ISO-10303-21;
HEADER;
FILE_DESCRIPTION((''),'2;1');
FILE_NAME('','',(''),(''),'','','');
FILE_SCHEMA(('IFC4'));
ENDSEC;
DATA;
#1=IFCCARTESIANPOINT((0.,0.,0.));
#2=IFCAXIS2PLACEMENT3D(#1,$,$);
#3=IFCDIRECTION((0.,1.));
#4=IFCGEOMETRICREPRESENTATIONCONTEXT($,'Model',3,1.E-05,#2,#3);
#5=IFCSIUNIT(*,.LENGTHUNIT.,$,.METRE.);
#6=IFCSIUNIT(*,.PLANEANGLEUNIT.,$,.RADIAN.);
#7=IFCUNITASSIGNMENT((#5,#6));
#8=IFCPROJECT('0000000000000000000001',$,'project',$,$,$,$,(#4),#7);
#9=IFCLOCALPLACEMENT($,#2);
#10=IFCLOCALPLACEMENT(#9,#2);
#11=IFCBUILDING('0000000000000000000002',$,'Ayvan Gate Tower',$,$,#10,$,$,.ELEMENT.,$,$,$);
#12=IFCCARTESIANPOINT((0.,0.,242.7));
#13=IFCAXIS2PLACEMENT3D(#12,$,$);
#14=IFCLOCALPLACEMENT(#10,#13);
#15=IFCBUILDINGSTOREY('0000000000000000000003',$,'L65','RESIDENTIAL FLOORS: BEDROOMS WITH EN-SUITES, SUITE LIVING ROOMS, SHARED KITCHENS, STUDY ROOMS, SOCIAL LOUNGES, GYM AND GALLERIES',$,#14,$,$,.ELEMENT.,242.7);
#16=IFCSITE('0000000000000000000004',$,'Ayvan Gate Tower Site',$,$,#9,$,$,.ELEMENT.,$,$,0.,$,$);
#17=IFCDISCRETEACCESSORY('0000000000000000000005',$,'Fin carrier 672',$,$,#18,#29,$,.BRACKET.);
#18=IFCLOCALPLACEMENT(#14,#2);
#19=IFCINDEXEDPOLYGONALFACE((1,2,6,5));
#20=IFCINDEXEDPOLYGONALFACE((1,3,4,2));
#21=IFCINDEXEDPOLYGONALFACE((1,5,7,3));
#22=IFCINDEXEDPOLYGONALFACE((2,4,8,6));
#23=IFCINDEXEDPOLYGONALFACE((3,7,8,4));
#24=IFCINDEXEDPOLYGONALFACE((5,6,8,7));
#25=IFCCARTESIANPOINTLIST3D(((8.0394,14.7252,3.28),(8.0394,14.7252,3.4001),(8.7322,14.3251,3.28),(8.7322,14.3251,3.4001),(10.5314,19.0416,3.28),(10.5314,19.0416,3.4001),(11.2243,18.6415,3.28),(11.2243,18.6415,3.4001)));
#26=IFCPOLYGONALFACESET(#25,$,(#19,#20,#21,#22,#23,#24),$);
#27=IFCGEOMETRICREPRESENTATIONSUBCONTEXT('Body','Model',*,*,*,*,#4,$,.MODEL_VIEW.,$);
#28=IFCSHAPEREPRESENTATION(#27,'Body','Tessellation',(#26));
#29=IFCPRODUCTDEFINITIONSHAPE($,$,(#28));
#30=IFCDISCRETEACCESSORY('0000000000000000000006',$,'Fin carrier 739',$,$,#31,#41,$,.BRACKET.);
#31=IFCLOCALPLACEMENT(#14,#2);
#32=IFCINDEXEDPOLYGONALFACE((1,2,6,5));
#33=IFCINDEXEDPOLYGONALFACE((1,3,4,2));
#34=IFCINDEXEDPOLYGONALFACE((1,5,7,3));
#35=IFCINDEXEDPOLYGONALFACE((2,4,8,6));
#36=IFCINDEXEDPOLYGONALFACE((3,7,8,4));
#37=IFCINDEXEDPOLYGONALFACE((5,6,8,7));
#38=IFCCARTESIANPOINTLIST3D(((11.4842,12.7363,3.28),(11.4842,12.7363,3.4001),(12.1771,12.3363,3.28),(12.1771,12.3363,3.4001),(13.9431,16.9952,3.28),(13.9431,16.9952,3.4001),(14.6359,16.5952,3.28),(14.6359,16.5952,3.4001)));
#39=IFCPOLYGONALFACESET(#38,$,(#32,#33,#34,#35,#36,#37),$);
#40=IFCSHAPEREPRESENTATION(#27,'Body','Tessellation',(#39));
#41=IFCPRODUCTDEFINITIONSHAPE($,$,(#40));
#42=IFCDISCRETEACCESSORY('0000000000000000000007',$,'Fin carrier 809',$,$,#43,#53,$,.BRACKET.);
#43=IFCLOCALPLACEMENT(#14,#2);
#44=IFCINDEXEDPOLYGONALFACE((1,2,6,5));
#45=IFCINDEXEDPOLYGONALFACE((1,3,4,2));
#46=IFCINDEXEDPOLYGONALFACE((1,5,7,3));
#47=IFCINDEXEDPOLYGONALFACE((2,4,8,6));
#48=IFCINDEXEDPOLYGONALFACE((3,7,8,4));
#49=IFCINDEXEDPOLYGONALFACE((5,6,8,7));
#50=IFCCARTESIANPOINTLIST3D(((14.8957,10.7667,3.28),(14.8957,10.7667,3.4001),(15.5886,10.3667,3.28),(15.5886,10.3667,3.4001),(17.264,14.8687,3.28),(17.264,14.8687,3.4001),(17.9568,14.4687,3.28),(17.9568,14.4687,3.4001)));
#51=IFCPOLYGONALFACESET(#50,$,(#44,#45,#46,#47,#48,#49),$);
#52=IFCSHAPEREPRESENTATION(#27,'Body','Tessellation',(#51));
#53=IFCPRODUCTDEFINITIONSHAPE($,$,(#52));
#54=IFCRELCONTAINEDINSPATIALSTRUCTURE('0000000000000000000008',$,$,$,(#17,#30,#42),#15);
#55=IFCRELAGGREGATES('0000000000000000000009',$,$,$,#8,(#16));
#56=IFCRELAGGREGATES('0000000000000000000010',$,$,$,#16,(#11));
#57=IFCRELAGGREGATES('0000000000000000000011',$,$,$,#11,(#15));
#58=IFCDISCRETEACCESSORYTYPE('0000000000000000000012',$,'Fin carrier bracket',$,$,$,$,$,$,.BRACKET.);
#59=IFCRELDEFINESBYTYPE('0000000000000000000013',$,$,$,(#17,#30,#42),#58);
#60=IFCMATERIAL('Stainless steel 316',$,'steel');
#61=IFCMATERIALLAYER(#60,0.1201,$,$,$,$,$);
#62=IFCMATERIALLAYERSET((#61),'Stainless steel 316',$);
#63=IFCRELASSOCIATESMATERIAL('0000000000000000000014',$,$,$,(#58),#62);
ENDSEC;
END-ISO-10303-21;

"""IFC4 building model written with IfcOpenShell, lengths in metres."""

from ifc_helpers import new_model, si_unit, direction, frame, origin, origin_2d, place, context, subcontext, project, spatial, rectangle, extrude, material, layer, layer_set, type_object, element, save


model = new_model("IFC4")

# Units and contexts
model_context = context("Model", 3, precision=1e-05, world=origin(), true_north=direction((0.0, 1.0)))
body_context = subcontext(model_context, "Body", "Model", "MODEL_VIEW")
ifc_project = project(units=[si_unit("LENGTHUNIT", "METRE"), si_unit("PLANEANGLEUNIT", "RADIAN")], contexts=[model_context])

# Site, building, storey
site_placement = place(None, origin())
site = spatial("IfcSite", under=ifc_project, at=site_placement, Name="Ayvan Gate Tower Site", CompositionType="ELEMENT", RefElevation=0.0)
building_placement = place(site_placement, origin())
building = spatial("IfcBuilding", under=site, at=building_placement, Name="Ayvan Gate Tower", CompositionType="ELEMENT")
storey_placement = place(building_placement, frame((0.0, 0.0, 242.7)))
storey = spatial("IfcBuildingStorey", under=building, at=storey_placement, Name="L65", Description="RESIDENTIAL FLOORS: BEDROOMS WITH EN-SUITES, SUITE LIVING ROOMS, SHARED KITCHENS, STUDY ROOMS, SOCIAL LOUNGES, GYM AND GALLERIES", CompositionType="ELEMENT", Elevation=242.7)

# Discrete accessories
ifc_material_1 = material(Name="Stainless steel 316", Category="steel")
ifc_layer_1 = layer(ifc_material_1, 0.1201)
ifc_layer_set_1 = layer_set([ifc_layer_1], Name="Stainless steel 316")
discrete_accessory_type = type_object("IfcDiscreteAccessoryType", Name="Fin carrier bracket", PredefinedType="BRACKET", material=ifc_layer_set_1)
discrete_accessory_1_placement = place(storey_placement, frame((9.6318, 16.6833, 3.28), z_axis=(0.0, 0.0, 1.0), x_axis=(-0.866025, 0.5, 0.0)))
element("IfcDiscreteAccessory", 1, at=discrete_accessory_1_placement, inside=storey, type_object=discrete_accessory_type, Name="Fin carrier 672", PredefinedType="BRACKET", context=body_context, shape_type="SweptSolid", body=[
    extrude(rectangle(XDim=0.8, YDim=4.9841, at=origin_2d()), origin(), (0.0, 0.0, 1.0), 0.1201),
])
discrete_accessory_2_placement = place(storey_placement, frame((13.0601, 14.6658, 3.28), z_axis=(0.0, 0.0, 1.0), x_axis=(-0.866025, 0.5, 0.0)))
element("IfcDiscreteAccessory", 2, at=discrete_accessory_2_placement, inside=storey, type_object=discrete_accessory_type, Name="Fin carrier 739", PredefinedType="BRACKET", context=body_context, shape_type="SweptSolid", body=[
    extrude(rectangle(XDim=0.8, YDim=4.9177, at=origin_2d()), origin(), (0.0, 0.0, 1.0), 0.1201),
])
discrete_accessory_3_placement = place(storey_placement, frame((16.4263, 12.6177, 3.28), z_axis=(0.0, 0.0, 1.0), x_axis=(-0.866025, 0.5, 0.0)))
element("IfcDiscreteAccessory", 3, at=discrete_accessory_3_placement, inside=storey, type_object=discrete_accessory_type, Name="Fin carrier 809", PredefinedType="BRACKET", context=body_context, shape_type="SweptSolid", body=[
    extrude(rectangle(XDim=0.8, YDim=4.7366, at=origin_2d()), origin(), (0.0, 0.0, 1.0), 0.1201),
])

save(model, "model.ifc")
